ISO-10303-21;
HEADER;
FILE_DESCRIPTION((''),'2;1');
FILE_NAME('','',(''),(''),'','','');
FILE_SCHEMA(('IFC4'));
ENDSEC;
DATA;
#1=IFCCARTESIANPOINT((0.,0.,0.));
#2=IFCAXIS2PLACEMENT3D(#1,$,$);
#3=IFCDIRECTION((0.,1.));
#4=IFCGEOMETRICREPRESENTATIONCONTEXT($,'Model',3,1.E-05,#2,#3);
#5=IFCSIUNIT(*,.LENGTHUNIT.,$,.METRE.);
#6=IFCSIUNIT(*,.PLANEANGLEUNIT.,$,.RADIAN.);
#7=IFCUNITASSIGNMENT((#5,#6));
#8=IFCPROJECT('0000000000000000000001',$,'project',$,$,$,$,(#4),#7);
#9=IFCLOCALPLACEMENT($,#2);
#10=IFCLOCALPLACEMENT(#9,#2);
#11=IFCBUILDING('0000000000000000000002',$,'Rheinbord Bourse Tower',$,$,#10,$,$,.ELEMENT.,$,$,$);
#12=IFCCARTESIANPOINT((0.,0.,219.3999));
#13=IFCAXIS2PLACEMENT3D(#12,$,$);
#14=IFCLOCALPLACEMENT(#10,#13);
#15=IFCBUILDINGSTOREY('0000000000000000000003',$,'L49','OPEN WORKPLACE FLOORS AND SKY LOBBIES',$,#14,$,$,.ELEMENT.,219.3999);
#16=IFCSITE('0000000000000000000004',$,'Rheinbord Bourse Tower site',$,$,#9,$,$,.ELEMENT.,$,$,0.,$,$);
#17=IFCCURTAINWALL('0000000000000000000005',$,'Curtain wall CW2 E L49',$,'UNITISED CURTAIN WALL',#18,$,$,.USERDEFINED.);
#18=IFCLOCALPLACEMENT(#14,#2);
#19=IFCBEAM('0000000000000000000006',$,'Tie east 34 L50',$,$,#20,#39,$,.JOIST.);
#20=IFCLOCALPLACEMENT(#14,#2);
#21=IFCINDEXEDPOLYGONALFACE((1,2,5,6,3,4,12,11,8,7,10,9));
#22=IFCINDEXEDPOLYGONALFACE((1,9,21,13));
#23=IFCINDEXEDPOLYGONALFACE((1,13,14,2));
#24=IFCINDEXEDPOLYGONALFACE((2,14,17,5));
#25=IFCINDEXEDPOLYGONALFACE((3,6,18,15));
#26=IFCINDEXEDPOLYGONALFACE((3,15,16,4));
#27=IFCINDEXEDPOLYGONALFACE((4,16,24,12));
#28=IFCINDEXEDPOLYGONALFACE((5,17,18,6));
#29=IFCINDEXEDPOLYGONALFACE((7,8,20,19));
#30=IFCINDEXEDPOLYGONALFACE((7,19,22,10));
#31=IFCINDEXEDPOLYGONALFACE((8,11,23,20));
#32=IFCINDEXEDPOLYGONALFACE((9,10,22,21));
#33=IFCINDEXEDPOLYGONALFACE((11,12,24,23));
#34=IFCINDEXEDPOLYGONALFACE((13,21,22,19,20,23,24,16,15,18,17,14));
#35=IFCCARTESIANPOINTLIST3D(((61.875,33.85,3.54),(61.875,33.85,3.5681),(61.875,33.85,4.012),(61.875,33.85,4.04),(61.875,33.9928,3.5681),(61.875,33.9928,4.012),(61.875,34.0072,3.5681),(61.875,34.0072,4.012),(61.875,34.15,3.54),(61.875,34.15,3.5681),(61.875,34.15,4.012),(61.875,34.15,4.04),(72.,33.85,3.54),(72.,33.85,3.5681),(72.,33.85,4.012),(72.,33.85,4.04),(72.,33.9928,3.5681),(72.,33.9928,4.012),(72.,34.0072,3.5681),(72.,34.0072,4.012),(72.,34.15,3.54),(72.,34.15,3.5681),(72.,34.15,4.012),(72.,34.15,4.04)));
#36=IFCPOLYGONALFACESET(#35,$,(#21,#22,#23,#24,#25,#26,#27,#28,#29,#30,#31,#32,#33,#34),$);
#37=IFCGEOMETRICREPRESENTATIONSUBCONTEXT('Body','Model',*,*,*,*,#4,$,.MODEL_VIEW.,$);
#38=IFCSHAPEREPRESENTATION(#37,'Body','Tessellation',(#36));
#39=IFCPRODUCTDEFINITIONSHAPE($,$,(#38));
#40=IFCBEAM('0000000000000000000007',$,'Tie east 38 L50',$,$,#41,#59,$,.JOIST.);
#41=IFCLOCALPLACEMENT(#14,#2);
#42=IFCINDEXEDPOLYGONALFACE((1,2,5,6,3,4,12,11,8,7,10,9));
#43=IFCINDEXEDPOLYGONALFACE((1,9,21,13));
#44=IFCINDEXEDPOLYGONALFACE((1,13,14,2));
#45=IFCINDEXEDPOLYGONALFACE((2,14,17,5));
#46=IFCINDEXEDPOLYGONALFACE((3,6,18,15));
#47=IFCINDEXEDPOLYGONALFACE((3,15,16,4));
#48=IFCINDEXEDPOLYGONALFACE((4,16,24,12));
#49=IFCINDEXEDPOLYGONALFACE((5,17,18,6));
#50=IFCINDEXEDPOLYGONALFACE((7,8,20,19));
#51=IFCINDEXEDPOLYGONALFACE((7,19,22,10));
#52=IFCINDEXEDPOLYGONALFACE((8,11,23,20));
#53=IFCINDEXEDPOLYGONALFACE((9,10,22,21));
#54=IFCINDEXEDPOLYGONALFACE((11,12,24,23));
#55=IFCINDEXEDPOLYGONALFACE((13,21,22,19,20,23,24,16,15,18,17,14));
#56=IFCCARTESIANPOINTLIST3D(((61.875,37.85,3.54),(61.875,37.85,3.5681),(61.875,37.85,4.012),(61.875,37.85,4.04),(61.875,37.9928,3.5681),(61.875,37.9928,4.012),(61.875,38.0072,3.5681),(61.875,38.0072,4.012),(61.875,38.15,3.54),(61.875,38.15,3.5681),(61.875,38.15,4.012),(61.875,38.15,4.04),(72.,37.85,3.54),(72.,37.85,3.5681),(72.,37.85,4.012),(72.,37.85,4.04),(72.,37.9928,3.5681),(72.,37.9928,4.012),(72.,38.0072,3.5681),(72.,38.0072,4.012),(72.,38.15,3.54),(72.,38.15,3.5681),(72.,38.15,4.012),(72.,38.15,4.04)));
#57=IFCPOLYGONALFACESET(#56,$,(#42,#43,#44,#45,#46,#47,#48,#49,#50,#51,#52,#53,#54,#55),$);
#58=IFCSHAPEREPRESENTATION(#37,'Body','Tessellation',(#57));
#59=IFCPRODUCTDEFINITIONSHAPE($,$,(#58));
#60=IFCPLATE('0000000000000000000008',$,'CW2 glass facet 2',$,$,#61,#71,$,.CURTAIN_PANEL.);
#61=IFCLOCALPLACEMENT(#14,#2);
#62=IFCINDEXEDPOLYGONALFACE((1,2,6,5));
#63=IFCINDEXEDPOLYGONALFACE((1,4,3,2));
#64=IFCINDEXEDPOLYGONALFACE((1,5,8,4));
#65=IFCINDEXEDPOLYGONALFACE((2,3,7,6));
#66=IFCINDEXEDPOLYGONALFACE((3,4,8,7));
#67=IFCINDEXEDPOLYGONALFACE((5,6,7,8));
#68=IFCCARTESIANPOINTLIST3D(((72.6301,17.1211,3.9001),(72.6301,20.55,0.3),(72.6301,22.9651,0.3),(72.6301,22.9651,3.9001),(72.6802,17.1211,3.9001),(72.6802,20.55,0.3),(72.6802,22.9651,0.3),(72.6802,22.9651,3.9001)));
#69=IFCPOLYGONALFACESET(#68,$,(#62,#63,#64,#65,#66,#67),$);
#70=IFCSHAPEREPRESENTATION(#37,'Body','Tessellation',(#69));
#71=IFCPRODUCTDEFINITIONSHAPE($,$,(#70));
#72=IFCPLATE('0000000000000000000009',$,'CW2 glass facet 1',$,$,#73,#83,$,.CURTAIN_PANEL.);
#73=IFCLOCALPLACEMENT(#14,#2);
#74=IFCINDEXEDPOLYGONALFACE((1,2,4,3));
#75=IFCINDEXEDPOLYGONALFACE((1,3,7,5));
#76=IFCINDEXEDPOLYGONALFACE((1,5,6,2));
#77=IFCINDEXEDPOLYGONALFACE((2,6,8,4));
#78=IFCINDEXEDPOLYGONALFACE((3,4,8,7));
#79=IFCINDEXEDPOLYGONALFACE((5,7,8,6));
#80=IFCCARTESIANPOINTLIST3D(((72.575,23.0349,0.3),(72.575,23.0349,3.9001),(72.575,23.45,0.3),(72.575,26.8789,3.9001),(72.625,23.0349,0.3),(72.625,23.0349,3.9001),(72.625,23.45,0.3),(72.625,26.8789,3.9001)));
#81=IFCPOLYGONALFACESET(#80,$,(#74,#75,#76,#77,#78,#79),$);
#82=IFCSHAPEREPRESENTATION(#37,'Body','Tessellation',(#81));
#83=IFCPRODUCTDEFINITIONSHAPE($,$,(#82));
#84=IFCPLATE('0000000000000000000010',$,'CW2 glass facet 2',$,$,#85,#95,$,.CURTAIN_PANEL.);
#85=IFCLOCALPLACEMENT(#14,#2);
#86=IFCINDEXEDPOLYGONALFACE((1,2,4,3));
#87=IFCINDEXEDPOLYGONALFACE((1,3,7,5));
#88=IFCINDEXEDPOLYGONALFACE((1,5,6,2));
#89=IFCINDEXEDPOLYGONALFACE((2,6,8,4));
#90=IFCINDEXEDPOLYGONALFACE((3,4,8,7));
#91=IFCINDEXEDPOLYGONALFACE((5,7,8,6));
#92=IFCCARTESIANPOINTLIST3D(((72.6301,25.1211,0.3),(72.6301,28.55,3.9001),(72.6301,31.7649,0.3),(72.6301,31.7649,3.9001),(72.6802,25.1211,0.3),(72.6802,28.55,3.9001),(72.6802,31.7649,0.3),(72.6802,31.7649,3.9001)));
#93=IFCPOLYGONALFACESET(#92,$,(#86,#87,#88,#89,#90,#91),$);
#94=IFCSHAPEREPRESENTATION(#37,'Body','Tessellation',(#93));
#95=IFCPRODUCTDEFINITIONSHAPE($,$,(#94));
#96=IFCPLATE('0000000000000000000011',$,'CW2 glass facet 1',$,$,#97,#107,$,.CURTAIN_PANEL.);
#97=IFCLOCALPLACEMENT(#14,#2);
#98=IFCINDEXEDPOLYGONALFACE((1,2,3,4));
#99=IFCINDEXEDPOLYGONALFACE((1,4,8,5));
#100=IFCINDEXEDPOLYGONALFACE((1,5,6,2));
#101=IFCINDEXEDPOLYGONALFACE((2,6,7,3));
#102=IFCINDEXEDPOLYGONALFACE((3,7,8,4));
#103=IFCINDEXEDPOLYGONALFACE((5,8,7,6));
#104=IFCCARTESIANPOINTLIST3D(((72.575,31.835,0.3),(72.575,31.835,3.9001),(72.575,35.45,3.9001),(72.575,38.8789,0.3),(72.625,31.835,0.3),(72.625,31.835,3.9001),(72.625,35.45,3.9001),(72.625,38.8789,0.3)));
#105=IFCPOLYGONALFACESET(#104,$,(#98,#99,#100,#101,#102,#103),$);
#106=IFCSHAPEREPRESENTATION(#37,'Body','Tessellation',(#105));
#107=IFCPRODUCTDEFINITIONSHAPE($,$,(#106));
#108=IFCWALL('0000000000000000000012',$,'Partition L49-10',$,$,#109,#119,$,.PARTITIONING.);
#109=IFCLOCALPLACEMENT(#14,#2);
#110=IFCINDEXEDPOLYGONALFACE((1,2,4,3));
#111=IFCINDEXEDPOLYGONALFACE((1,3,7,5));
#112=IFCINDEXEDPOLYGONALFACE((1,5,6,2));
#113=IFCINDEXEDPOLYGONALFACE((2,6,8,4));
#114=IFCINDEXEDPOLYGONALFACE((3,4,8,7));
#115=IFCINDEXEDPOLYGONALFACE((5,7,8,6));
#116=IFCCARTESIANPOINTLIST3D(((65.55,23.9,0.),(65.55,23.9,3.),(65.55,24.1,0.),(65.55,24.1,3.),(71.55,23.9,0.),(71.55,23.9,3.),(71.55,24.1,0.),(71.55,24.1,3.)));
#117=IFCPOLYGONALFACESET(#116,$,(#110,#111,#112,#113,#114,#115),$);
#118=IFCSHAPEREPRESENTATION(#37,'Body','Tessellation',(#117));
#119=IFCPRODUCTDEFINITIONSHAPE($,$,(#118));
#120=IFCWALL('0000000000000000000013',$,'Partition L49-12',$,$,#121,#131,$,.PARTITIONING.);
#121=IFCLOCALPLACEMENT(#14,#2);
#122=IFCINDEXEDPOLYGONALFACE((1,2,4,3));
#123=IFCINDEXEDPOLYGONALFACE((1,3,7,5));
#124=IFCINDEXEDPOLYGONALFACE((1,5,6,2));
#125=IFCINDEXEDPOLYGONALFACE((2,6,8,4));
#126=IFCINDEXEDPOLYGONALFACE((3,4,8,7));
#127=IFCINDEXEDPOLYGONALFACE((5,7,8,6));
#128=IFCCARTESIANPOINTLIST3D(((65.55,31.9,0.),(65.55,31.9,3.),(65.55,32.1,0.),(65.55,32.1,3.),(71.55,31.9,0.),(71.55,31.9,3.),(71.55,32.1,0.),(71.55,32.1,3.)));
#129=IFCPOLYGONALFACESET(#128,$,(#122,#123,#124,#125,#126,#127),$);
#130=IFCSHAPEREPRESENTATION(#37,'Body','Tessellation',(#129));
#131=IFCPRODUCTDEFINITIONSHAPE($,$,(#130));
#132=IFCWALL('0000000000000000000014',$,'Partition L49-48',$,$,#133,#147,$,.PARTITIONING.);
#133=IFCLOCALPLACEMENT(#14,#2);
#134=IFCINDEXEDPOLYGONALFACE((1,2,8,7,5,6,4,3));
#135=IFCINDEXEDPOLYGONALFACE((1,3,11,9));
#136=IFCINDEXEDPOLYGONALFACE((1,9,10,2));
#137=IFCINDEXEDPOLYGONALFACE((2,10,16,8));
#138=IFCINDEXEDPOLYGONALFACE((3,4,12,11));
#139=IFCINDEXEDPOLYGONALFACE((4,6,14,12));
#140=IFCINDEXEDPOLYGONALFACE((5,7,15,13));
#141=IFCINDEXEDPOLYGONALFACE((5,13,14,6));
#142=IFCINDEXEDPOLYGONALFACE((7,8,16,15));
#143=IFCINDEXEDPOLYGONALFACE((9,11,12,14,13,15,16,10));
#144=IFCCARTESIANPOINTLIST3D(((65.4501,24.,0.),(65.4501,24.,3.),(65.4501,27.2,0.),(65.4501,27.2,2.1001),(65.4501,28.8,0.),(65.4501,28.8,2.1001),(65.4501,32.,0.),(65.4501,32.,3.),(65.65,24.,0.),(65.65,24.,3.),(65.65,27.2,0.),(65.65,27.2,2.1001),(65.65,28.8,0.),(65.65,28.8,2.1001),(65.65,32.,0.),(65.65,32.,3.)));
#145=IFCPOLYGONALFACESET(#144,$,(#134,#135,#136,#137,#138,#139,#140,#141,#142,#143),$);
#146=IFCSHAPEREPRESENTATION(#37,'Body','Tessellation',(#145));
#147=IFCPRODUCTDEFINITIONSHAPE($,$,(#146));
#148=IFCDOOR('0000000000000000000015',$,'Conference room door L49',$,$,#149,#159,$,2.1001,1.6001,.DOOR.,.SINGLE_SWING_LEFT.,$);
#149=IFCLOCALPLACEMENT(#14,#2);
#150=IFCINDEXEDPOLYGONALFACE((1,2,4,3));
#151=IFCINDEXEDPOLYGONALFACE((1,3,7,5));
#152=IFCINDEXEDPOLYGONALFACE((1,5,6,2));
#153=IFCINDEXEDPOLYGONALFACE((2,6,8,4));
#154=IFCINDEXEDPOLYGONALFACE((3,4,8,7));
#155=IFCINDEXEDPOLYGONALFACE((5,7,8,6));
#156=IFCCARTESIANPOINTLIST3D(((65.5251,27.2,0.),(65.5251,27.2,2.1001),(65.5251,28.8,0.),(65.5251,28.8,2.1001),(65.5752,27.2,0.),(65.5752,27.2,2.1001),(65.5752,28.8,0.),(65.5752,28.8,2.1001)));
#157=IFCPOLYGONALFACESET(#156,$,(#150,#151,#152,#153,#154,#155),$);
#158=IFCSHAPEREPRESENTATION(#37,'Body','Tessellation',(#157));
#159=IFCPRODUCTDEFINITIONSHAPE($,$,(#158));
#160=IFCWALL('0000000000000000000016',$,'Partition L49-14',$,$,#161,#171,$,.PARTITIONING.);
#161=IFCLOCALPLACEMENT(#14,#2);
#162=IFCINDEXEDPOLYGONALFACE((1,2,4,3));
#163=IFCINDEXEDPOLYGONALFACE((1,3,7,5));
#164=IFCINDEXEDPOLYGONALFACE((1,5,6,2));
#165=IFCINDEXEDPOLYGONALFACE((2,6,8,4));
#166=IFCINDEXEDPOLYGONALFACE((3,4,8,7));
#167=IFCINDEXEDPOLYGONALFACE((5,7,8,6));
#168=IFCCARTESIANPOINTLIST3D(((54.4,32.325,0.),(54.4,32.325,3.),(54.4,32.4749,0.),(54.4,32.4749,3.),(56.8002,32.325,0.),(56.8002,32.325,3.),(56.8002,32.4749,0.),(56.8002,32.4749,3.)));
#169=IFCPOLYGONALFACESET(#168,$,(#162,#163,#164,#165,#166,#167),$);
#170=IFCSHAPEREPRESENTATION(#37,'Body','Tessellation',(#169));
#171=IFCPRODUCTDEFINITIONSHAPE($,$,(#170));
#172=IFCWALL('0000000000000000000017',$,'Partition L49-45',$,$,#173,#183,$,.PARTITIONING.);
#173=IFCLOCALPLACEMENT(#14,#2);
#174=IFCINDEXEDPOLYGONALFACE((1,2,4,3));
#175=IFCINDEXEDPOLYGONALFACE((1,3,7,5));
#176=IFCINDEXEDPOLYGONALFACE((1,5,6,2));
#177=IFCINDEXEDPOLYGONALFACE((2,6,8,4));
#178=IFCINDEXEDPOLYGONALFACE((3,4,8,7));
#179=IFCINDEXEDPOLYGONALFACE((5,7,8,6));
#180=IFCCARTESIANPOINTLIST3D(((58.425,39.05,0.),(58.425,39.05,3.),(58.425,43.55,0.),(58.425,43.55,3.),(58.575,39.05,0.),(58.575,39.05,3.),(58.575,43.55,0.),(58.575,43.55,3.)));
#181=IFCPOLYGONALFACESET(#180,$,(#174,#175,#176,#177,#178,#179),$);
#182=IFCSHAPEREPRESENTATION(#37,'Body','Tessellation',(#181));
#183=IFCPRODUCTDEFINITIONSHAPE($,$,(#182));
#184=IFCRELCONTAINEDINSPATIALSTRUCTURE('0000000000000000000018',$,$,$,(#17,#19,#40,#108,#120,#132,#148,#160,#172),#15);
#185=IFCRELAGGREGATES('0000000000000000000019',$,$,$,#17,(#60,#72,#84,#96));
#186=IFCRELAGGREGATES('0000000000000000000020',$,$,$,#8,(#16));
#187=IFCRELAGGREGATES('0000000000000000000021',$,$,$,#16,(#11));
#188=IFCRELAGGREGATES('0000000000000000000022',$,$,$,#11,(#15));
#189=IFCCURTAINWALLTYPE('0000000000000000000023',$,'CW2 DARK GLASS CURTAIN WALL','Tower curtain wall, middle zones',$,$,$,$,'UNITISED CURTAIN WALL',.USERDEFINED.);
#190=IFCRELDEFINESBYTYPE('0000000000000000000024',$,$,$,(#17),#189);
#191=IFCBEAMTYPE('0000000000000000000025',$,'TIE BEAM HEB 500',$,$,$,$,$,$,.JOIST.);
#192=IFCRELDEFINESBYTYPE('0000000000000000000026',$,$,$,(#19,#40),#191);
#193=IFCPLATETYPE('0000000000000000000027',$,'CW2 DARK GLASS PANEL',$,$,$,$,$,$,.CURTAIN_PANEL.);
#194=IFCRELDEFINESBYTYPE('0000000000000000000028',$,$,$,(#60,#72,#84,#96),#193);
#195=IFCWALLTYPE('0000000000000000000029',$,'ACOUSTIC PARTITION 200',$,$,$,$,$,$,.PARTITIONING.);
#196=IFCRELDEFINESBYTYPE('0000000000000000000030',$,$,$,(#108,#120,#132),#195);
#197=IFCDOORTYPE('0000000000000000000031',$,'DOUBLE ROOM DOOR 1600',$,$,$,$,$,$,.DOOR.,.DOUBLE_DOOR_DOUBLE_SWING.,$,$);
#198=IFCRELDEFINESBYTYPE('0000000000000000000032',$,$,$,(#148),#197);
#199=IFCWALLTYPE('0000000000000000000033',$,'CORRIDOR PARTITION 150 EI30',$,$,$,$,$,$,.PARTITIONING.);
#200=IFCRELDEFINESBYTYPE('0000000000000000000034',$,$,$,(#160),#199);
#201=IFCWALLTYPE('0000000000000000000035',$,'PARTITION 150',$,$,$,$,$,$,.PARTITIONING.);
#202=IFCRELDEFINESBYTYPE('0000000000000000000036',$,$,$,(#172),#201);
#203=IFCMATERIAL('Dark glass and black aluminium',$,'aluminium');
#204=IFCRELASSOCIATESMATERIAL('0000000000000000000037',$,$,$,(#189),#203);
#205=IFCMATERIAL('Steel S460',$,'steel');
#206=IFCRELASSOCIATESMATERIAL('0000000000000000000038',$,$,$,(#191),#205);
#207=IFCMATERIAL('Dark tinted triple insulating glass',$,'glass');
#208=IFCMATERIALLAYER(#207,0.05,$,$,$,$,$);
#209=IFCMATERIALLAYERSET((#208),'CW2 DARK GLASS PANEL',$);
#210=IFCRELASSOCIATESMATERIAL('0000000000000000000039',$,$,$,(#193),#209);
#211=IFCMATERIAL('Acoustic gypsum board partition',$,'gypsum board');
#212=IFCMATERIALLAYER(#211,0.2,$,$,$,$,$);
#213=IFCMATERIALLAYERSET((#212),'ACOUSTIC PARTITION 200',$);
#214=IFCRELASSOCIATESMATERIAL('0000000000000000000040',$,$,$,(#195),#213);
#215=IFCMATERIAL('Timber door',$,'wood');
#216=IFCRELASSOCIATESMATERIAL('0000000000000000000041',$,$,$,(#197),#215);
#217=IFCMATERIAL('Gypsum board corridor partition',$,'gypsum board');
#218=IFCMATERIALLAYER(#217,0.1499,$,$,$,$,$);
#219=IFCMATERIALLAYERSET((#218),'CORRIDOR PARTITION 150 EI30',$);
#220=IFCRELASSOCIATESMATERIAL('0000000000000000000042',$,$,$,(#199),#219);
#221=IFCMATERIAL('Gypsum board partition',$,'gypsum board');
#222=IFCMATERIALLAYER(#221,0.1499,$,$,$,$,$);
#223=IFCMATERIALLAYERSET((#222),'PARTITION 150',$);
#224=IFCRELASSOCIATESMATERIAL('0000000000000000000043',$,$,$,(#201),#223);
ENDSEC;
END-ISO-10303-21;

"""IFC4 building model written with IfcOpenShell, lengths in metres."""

from ifc_helpers import new_model, si_unit, direction, frame, frame_2d, origin, origin_2d, place, context, subcontext, project, spatial, polyline, rectangle, i_section, outline, extrude, material, layer, layer_set, material_profile, profile_set, type_object, element, fill, aggregate, save


model = new_model("IFC4")

# Units and contexts
model_context = context("Model", 3, precision=1e-05, world=origin(), true_north=direction((0.0, 1.0)))
body_context = subcontext(model_context, "Body", "Model", "MODEL_VIEW")
ifc_project = project(units=[si_unit("LENGTHUNIT", "METRE"), si_unit("PLANEANGLEUNIT", "RADIAN")], contexts=[model_context])

# Site, building, storey
site_placement = place(None, origin())
site = spatial("IfcSite", under=ifc_project, at=site_placement, Name="Rheinbord Bourse Tower site", CompositionType="ELEMENT", RefElevation=0.0)
building_placement = place(site_placement, origin())
building = spatial("IfcBuilding", under=site, at=building_placement, Name="Rheinbord Bourse Tower", CompositionType="ELEMENT")
storey_placement = place(building_placement, frame((0.0, 0.0, 219.3999)))
storey = spatial("IfcBuildingStorey", under=building, at=storey_placement, Name="L49", Description="OPEN WORKPLACE FLOORS AND SKY LOBBIES", CompositionType="ELEMENT", Elevation=219.3999)

# Curtain wall
ifc_material_1 = material(Name="Dark glass and black aluminium", Category="aluminium")
curtain_wall_type = type_object("IfcCurtainWallType", Name="CW2 DARK GLASS CURTAIN WALL", Description="Tower curtain wall, middle zones", ElementType="UNITISED CURTAIN WALL", PredefinedType="USERDEFINED", material=ifc_material_1)
curtain_wall_placement = place(storey_placement, origin())
curtain_wall = element("IfcCurtainWall", 1, at=curtain_wall_placement, inside=storey, type_object=curtain_wall_type, Name="Curtain wall CW2 E L49", ObjectType="UNITISED CURTAIN WALL", PredefinedType="USERDEFINED")

# Beams
ifc_material_2 = material(Name="Steel S460", Category="steel")
ifc_material_profile_1 = material_profile(ifc_material_2, i_section(OverallWidth=0.3, OverallDepth=0.5, WebThickness=0.0144, FlangeThickness=0.0281, at=origin_2d()), Name="HEB 500")
ifc_profile_set_1 = profile_set([ifc_material_profile_1], Name="Steel S460")
beam_type_1 = type_object("IfcBeamType", Name="TIE BEAM HEB 500", PredefinedType="JOIST", material=ifc_profile_set_1)
for number, where, z_axis, x_axis, name in (
    (2, (61.875, 34.0, 3.79), (1.0, 0.0, 0.0), (0.0, 1.0, 0.0), "Tie east 34 L50"),
    (3, (61.875, 38.0, 3.79), (1.0, 0.0, 0.0), (0.0, 1.0, 0.0), "Tie east 38 L50"),
):
    element("IfcBeam", number, at=place(storey_placement, frame(where, z_axis=z_axis, x_axis=x_axis)), inside=storey, type_object=beam_type_1, Name=name, PredefinedType="JOIST", context=body_context, shape_type="SweptSolid", body=[
        extrude(i_section(OverallWidth=0.3, OverallDepth=0.5, WebThickness=0.0144, FlangeThickness=0.0281, at=origin_2d()), origin(), (0.0, 0.0, 1.0), 10.125),
    ])

# Plates
ifc_material_3 = material(Name="Dark tinted triple insulating glass", Category="glass")
ifc_layer_1 = layer(ifc_material_3, 0.05)
ifc_layer_set_1 = layer_set([ifc_layer_1], Name="CW2 DARK GLASS PANEL")
plate_type = type_object("IfcPlateType", Name="CW2 DARK GLASS PANEL", PredefinedType="CURTAIN_PANEL", material=ifc_layer_set_1)
plate_1_placement = place(storey_placement, frame((72.6802, 22.9651, 3.9001), z_axis=(-1.0, 0.0, 0.0), x_axis=(0.0, 0.0, -1.0)))
plate_1 = element("IfcPlate", 4, at=plate_1_placement, type_object=plate_type, Name="CW2 glass facet 2", PredefinedType="CURTAIN_PANEL", context=body_context, shape_type="SweptSolid", body=[
    extrude(outline(polyline([(0.0, 0.0), (3.6001, 0.0), (3.6001, 2.415), (0.0, 5.844), (0.0, 0.0)])), origin(), (0.0, 0.0, 1.0), 0.05),
])
plate_2_placement = place(storey_placement, frame((72.625, 23.0349, 0.3), z_axis=(-1.0, 0.0, 0.0), x_axis=(0.0, 0.0, 1.0)))
plate_2 = element("IfcPlate", 5, at=plate_2_placement, type_object=plate_type, Name="CW2 glass facet 1", PredefinedType="CURTAIN_PANEL", context=body_context, shape_type="SweptSolid", body=[
    extrude(outline(polyline([(0.0, 0.0), (3.6001, 0.0), (3.6001, 3.844), (0.0, 0.415), (0.0, 0.0)])), origin(), (0.0, 0.0, 1.0), 0.05),
])
plate_3_placement = place(storey_placement, frame((72.6802, 31.7649, 3.9001), z_axis=(-1.0, 0.0, 0.0), x_axis=(0.0, 0.0, -1.0)))
plate_3 = element("IfcPlate", 6, at=plate_3_placement, type_object=plate_type, Name="CW2 glass facet 2", PredefinedType="CURTAIN_PANEL", context=body_context, shape_type="SweptSolid", body=[
    extrude(outline(polyline([(0.0, 0.0), (3.6001, 0.0), (3.6001, 6.6438), (0.0, 3.2148), (0.0, 0.0)])), origin(), (0.0, 0.0, 1.0), 0.05),
])
plate_4_placement = place(storey_placement, frame((72.625, 31.835, 0.3), z_axis=(-1.0, 0.0, 0.0), x_axis=(0.0, 0.0, 1.0)))
plate_4 = element("IfcPlate", 7, at=plate_4_placement, type_object=plate_type, Name="CW2 glass facet 1", PredefinedType="CURTAIN_PANEL", context=body_context, shape_type="SweptSolid", body=[
    extrude(outline(polyline([(0.0, 0.0), (3.6001, 0.0), (3.6001, 3.615), (0.0, 7.0439), (0.0, 0.0)])), origin(), (0.0, 0.0, 1.0), 0.05),
])
aggregate(curtain_wall, [plate_1, plate_2, plate_3, plate_4])

# Walls
ifc_material_4 = material(Name="Acoustic gypsum board partition", Category="gypsum board")
ifc_layer_2 = layer(ifc_material_4, 0.2)
ifc_layer_set_2 = layer_set([ifc_layer_2], Name="ACOUSTIC PARTITION 200")
wall_type_1 = type_object("IfcWallType", Name="ACOUSTIC PARTITION 200", PredefinedType="PARTITIONING", material=ifc_layer_set_2)
for number, where, z_axis, x_axis, name in (
    (8, (65.55, 24.0, 0.0), (0.0, 0.0, 1.0), (1.0, 0.0, 0.0), "Partition L49-10"),
    (9, (65.55, 32.0, 0.0), (0.0, 0.0, 1.0), (1.0, 0.0, 0.0), "Partition L49-12"),
):
    element("IfcWall", number, at=place(storey_placement, frame(where, z_axis=z_axis, x_axis=x_axis)), inside=storey, type_object=wall_type_1, Name=name, PredefinedType="PARTITIONING", context=body_context, shape_type="SweptSolid", body=[
        extrude(rectangle(XDim=6.0, YDim=0.2, at=frame_2d((3.0, 0.0))), origin(), (0.0, 0.0, 1.0), 3.0),
    ])

# Wall, opening, door
wall_1_placement = place(storey_placement, frame((65.55, 24.0, 0.0), z_axis=(0.0, 0.0, 1.0), x_axis=(0.0, 1.0, 0.0)))
wall_1 = element("IfcWall", 10, at=wall_1_placement, inside=storey, type_object=wall_type_1, Name="Partition L49-48", PredefinedType="PARTITIONING", context=body_context, shape_type="SweptSolid", body=[
    extrude(rectangle(XDim=8.0, YDim=0.2, at=frame_2d((4.0, 0.0))), origin(), (0.0, 0.0, 1.0), 3.0),
])
opening_placement = place(wall_1_placement, frame((3.2, 0.0, 0.0)))
opening = element("IfcOpeningElement", 11, at=opening_placement, cuts=wall_1, PredefinedType="OPENING", context=body_context, shape_type="SweptSolid", body=[
    extrude(rectangle(XDim=1.6001, YDim=2.1001, at=frame_2d((0.8, 1.05))), frame((0.0, 0.1099, 0.0), z_axis=(0.0, -1.0, 0.0), x_axis=(1.0, 0.0, 0.0)), (0.0, 0.0, 1.0), 0.22),
])
ifc_material_5 = material(Name="Timber door", Category="wood")
door_type = type_object("IfcDoorType", Name="DOUBLE ROOM DOOR 1600", OperationType="DOUBLE_DOOR_DOUBLE_SWING", PredefinedType="DOOR", material=ifc_material_5)
door_placement = place(opening_placement, origin())
door = element("IfcDoor", 12, at=door_placement, inside=storey, type_object=door_type, Name="Conference room door L49", OperationType="SINGLE_SWING_LEFT", OverallHeight=2.1001, OverallWidth=1.6001, PredefinedType="DOOR", context=body_context, shape_type="SweptSolid", body=[
    extrude(rectangle(XDim=1.6001, YDim=2.1001, at=frame_2d((0.8, 1.05))), frame((0.0, 0.0249, 0.0), z_axis=(0.0, -1.0, 0.0), x_axis=(1.0, 0.0, 0.0)), (0.0, 0.0, 1.0), 0.05),
])
fill(opening, door)

# Walls
ifc_material_6 = material(Name="Gypsum board corridor partition", Category="gypsum board")
ifc_layer_3 = layer(ifc_material_6, 0.1499)
ifc_layer_set_3 = layer_set([ifc_layer_3], Name="CORRIDOR PARTITION 150 EI30")
wall_type_2 = type_object("IfcWallType", Name="CORRIDOR PARTITION 150 EI30", PredefinedType="PARTITIONING", material=ifc_layer_set_3)
wall_2_placement = place(storey_placement, frame((54.3999, 32.3999, 0.0), z_axis=(0.0, 0.0, 1.0), x_axis=(1.0, 0.0, 0.0)))
element("IfcWall", 13, at=wall_2_placement, inside=storey, type_object=wall_type_2, Name="Partition L49-14", PredefinedType="PARTITIONING", context=body_context, shape_type="SweptSolid", body=[
    extrude(rectangle(XDim=2.4001, YDim=0.1499, at=frame_2d((1.2002, 0.0))), origin(), (0.0, 0.0, 1.0), 3.0),
])
ifc_material_7 = material(Name="Gypsum board partition", Category="gypsum board")
ifc_layer_4 = layer(ifc_material_7, 0.1499)
ifc_layer_set_4 = layer_set([ifc_layer_4], Name="PARTITION 150")
wall_type_3 = type_object("IfcWallType", Name="PARTITION 150", PredefinedType="PARTITIONING", material=ifc_layer_set_4)
for number, where, z_axis, x_axis, name in (
    (14, (58.5, 39.05, 0.0), (0.0, 0.0, 1.0), (0.0, 1.0, 0.0), "Partition L49-45"),
):
    element("IfcWall", number, at=place(storey_placement, frame(where, z_axis=z_axis, x_axis=x_axis)), inside=storey, type_object=wall_type_3, Name=name, PredefinedType="PARTITIONING", context=body_context, shape_type="SweptSolid", body=[
        extrude(rectangle(XDim=4.5, YDim=0.1499, at=frame_2d((2.25, 0.0))), origin(), (0.0, 0.0, 1.0), 3.0),
    ])

save(model, "model.ifc")
